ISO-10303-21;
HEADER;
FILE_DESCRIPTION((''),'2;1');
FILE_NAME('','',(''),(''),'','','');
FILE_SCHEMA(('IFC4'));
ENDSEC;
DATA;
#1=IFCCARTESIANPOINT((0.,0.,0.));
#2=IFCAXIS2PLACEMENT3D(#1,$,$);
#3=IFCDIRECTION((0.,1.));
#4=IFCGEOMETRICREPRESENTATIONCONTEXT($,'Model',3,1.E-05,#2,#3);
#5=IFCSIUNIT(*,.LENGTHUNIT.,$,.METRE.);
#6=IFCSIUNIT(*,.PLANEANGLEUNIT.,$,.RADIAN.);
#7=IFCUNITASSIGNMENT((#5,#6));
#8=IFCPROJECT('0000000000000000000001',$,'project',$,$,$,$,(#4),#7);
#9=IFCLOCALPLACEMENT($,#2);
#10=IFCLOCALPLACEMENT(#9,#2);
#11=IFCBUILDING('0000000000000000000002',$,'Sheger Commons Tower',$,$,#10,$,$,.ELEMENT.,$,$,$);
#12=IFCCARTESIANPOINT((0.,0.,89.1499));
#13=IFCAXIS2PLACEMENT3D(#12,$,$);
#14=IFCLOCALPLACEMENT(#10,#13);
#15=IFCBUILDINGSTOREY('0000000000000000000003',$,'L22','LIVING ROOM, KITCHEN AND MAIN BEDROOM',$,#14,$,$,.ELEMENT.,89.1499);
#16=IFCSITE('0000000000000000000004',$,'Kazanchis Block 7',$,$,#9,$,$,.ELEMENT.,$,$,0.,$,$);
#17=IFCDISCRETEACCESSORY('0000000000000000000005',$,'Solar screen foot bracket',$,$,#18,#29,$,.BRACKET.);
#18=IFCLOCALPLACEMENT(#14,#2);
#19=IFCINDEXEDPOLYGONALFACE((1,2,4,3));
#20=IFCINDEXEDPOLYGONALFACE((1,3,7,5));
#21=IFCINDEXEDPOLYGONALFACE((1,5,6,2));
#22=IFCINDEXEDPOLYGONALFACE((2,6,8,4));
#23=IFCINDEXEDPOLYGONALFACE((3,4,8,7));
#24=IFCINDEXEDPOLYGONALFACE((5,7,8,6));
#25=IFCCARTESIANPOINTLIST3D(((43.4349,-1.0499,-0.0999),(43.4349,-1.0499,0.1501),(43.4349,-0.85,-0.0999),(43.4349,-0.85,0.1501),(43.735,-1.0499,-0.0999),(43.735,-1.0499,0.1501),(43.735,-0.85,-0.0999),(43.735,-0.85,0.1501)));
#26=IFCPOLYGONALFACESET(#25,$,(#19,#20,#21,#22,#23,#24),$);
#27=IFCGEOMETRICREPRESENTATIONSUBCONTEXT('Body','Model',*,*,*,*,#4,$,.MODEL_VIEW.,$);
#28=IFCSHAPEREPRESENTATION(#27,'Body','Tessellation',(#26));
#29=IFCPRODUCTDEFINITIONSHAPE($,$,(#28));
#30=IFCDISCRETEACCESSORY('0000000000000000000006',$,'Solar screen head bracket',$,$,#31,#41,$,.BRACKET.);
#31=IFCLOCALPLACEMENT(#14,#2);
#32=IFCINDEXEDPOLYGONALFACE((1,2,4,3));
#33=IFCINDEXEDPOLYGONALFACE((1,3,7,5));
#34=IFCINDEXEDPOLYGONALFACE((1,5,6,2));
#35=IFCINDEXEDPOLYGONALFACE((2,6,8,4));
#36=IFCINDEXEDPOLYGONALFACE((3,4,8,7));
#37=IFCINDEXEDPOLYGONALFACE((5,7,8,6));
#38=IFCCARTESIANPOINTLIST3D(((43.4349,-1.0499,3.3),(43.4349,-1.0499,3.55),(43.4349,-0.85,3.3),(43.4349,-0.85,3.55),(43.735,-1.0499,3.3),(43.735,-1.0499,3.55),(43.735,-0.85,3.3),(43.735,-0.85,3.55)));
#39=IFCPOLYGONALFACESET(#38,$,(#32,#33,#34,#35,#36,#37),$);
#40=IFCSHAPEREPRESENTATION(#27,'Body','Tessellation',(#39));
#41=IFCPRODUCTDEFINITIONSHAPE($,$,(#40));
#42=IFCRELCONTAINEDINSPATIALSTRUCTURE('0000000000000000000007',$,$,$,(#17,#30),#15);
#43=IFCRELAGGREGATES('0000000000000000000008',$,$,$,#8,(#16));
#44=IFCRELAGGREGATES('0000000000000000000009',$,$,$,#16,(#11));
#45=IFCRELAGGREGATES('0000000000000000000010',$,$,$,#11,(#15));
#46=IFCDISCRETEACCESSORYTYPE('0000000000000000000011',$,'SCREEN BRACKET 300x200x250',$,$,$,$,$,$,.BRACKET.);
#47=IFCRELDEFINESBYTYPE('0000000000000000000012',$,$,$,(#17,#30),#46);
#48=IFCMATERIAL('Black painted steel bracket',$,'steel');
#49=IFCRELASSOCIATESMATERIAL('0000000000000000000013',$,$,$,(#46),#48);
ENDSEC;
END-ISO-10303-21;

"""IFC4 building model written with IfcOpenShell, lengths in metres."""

from ifc_helpers import new_model, si_unit, direction, frame, origin, origin_2d, place, context, subcontext, project, spatial, rectangle, extrude, material, type_object, element, save


model = new_model("IFC4")

# Units and contexts
model_context = context("Model", 3, precision=1e-05, world=origin(), true_north=direction((0.0, 1.0)))
body_context = subcontext(model_context, "Body", "Model", "MODEL_VIEW")
ifc_project = project(units=[si_unit("LENGTHUNIT", "METRE"), si_unit("PLANEANGLEUNIT", "RADIAN")], contexts=[model_context])

# Site, building, storey
site_placement = place(None, origin())
site = spatial("IfcSite", under=ifc_project, at=site_placement, Name="Kazanchis Block 7", CompositionType="ELEMENT", RefElevation=0.0)
building_placement = place(site_placement, origin())
building = spatial("IfcBuilding", under=site, at=building_placement, Name="Sheger Commons Tower", CompositionType="ELEMENT")
storey_placement = place(building_placement, frame((0.0, 0.0, 89.1499)))
storey = spatial("IfcBuildingStorey", under=building, at=storey_placement, Name="L22", Description="LIVING ROOM, KITCHEN AND MAIN BEDROOM", CompositionType="ELEMENT", Elevation=89.1499)

# Discrete accessories
ifc_material_1 = material(Name="Black painted steel bracket", Category="steel")
discrete_accessory_type = type_object("IfcDiscreteAccessoryType", Name="SCREEN BRACKET 300x200x250", PredefinedType="BRACKET", material=ifc_material_1)
for number, where, z_axis, x_axis, name in (
    (1, (43.585, -0.95, -0.0999), (0.0, 0.0, 1.0), (1.0, 0.0, 0.0), "Solar screen foot bracket"),
    (2, (43.585, -0.95, 3.3), (0.0, 0.0, 1.0), (1.0, 0.0, 0.0), "Solar screen head bracket"),
):
    element("IfcDiscreteAccessory", number, at=place(storey_placement, frame(where, z_axis=z_axis, x_axis=x_axis)), inside=storey, type_object=discrete_accessory_type, Name=name, PredefinedType="BRACKET", context=body_context, shape_type="SweptSolid", body=[
        extrude(rectangle(XDim=0.3, YDim=0.2, at=origin_2d()), origin(), (0.0, 0.0, 1.0), 0.25),
    ])

save(model, "model.ifc")
